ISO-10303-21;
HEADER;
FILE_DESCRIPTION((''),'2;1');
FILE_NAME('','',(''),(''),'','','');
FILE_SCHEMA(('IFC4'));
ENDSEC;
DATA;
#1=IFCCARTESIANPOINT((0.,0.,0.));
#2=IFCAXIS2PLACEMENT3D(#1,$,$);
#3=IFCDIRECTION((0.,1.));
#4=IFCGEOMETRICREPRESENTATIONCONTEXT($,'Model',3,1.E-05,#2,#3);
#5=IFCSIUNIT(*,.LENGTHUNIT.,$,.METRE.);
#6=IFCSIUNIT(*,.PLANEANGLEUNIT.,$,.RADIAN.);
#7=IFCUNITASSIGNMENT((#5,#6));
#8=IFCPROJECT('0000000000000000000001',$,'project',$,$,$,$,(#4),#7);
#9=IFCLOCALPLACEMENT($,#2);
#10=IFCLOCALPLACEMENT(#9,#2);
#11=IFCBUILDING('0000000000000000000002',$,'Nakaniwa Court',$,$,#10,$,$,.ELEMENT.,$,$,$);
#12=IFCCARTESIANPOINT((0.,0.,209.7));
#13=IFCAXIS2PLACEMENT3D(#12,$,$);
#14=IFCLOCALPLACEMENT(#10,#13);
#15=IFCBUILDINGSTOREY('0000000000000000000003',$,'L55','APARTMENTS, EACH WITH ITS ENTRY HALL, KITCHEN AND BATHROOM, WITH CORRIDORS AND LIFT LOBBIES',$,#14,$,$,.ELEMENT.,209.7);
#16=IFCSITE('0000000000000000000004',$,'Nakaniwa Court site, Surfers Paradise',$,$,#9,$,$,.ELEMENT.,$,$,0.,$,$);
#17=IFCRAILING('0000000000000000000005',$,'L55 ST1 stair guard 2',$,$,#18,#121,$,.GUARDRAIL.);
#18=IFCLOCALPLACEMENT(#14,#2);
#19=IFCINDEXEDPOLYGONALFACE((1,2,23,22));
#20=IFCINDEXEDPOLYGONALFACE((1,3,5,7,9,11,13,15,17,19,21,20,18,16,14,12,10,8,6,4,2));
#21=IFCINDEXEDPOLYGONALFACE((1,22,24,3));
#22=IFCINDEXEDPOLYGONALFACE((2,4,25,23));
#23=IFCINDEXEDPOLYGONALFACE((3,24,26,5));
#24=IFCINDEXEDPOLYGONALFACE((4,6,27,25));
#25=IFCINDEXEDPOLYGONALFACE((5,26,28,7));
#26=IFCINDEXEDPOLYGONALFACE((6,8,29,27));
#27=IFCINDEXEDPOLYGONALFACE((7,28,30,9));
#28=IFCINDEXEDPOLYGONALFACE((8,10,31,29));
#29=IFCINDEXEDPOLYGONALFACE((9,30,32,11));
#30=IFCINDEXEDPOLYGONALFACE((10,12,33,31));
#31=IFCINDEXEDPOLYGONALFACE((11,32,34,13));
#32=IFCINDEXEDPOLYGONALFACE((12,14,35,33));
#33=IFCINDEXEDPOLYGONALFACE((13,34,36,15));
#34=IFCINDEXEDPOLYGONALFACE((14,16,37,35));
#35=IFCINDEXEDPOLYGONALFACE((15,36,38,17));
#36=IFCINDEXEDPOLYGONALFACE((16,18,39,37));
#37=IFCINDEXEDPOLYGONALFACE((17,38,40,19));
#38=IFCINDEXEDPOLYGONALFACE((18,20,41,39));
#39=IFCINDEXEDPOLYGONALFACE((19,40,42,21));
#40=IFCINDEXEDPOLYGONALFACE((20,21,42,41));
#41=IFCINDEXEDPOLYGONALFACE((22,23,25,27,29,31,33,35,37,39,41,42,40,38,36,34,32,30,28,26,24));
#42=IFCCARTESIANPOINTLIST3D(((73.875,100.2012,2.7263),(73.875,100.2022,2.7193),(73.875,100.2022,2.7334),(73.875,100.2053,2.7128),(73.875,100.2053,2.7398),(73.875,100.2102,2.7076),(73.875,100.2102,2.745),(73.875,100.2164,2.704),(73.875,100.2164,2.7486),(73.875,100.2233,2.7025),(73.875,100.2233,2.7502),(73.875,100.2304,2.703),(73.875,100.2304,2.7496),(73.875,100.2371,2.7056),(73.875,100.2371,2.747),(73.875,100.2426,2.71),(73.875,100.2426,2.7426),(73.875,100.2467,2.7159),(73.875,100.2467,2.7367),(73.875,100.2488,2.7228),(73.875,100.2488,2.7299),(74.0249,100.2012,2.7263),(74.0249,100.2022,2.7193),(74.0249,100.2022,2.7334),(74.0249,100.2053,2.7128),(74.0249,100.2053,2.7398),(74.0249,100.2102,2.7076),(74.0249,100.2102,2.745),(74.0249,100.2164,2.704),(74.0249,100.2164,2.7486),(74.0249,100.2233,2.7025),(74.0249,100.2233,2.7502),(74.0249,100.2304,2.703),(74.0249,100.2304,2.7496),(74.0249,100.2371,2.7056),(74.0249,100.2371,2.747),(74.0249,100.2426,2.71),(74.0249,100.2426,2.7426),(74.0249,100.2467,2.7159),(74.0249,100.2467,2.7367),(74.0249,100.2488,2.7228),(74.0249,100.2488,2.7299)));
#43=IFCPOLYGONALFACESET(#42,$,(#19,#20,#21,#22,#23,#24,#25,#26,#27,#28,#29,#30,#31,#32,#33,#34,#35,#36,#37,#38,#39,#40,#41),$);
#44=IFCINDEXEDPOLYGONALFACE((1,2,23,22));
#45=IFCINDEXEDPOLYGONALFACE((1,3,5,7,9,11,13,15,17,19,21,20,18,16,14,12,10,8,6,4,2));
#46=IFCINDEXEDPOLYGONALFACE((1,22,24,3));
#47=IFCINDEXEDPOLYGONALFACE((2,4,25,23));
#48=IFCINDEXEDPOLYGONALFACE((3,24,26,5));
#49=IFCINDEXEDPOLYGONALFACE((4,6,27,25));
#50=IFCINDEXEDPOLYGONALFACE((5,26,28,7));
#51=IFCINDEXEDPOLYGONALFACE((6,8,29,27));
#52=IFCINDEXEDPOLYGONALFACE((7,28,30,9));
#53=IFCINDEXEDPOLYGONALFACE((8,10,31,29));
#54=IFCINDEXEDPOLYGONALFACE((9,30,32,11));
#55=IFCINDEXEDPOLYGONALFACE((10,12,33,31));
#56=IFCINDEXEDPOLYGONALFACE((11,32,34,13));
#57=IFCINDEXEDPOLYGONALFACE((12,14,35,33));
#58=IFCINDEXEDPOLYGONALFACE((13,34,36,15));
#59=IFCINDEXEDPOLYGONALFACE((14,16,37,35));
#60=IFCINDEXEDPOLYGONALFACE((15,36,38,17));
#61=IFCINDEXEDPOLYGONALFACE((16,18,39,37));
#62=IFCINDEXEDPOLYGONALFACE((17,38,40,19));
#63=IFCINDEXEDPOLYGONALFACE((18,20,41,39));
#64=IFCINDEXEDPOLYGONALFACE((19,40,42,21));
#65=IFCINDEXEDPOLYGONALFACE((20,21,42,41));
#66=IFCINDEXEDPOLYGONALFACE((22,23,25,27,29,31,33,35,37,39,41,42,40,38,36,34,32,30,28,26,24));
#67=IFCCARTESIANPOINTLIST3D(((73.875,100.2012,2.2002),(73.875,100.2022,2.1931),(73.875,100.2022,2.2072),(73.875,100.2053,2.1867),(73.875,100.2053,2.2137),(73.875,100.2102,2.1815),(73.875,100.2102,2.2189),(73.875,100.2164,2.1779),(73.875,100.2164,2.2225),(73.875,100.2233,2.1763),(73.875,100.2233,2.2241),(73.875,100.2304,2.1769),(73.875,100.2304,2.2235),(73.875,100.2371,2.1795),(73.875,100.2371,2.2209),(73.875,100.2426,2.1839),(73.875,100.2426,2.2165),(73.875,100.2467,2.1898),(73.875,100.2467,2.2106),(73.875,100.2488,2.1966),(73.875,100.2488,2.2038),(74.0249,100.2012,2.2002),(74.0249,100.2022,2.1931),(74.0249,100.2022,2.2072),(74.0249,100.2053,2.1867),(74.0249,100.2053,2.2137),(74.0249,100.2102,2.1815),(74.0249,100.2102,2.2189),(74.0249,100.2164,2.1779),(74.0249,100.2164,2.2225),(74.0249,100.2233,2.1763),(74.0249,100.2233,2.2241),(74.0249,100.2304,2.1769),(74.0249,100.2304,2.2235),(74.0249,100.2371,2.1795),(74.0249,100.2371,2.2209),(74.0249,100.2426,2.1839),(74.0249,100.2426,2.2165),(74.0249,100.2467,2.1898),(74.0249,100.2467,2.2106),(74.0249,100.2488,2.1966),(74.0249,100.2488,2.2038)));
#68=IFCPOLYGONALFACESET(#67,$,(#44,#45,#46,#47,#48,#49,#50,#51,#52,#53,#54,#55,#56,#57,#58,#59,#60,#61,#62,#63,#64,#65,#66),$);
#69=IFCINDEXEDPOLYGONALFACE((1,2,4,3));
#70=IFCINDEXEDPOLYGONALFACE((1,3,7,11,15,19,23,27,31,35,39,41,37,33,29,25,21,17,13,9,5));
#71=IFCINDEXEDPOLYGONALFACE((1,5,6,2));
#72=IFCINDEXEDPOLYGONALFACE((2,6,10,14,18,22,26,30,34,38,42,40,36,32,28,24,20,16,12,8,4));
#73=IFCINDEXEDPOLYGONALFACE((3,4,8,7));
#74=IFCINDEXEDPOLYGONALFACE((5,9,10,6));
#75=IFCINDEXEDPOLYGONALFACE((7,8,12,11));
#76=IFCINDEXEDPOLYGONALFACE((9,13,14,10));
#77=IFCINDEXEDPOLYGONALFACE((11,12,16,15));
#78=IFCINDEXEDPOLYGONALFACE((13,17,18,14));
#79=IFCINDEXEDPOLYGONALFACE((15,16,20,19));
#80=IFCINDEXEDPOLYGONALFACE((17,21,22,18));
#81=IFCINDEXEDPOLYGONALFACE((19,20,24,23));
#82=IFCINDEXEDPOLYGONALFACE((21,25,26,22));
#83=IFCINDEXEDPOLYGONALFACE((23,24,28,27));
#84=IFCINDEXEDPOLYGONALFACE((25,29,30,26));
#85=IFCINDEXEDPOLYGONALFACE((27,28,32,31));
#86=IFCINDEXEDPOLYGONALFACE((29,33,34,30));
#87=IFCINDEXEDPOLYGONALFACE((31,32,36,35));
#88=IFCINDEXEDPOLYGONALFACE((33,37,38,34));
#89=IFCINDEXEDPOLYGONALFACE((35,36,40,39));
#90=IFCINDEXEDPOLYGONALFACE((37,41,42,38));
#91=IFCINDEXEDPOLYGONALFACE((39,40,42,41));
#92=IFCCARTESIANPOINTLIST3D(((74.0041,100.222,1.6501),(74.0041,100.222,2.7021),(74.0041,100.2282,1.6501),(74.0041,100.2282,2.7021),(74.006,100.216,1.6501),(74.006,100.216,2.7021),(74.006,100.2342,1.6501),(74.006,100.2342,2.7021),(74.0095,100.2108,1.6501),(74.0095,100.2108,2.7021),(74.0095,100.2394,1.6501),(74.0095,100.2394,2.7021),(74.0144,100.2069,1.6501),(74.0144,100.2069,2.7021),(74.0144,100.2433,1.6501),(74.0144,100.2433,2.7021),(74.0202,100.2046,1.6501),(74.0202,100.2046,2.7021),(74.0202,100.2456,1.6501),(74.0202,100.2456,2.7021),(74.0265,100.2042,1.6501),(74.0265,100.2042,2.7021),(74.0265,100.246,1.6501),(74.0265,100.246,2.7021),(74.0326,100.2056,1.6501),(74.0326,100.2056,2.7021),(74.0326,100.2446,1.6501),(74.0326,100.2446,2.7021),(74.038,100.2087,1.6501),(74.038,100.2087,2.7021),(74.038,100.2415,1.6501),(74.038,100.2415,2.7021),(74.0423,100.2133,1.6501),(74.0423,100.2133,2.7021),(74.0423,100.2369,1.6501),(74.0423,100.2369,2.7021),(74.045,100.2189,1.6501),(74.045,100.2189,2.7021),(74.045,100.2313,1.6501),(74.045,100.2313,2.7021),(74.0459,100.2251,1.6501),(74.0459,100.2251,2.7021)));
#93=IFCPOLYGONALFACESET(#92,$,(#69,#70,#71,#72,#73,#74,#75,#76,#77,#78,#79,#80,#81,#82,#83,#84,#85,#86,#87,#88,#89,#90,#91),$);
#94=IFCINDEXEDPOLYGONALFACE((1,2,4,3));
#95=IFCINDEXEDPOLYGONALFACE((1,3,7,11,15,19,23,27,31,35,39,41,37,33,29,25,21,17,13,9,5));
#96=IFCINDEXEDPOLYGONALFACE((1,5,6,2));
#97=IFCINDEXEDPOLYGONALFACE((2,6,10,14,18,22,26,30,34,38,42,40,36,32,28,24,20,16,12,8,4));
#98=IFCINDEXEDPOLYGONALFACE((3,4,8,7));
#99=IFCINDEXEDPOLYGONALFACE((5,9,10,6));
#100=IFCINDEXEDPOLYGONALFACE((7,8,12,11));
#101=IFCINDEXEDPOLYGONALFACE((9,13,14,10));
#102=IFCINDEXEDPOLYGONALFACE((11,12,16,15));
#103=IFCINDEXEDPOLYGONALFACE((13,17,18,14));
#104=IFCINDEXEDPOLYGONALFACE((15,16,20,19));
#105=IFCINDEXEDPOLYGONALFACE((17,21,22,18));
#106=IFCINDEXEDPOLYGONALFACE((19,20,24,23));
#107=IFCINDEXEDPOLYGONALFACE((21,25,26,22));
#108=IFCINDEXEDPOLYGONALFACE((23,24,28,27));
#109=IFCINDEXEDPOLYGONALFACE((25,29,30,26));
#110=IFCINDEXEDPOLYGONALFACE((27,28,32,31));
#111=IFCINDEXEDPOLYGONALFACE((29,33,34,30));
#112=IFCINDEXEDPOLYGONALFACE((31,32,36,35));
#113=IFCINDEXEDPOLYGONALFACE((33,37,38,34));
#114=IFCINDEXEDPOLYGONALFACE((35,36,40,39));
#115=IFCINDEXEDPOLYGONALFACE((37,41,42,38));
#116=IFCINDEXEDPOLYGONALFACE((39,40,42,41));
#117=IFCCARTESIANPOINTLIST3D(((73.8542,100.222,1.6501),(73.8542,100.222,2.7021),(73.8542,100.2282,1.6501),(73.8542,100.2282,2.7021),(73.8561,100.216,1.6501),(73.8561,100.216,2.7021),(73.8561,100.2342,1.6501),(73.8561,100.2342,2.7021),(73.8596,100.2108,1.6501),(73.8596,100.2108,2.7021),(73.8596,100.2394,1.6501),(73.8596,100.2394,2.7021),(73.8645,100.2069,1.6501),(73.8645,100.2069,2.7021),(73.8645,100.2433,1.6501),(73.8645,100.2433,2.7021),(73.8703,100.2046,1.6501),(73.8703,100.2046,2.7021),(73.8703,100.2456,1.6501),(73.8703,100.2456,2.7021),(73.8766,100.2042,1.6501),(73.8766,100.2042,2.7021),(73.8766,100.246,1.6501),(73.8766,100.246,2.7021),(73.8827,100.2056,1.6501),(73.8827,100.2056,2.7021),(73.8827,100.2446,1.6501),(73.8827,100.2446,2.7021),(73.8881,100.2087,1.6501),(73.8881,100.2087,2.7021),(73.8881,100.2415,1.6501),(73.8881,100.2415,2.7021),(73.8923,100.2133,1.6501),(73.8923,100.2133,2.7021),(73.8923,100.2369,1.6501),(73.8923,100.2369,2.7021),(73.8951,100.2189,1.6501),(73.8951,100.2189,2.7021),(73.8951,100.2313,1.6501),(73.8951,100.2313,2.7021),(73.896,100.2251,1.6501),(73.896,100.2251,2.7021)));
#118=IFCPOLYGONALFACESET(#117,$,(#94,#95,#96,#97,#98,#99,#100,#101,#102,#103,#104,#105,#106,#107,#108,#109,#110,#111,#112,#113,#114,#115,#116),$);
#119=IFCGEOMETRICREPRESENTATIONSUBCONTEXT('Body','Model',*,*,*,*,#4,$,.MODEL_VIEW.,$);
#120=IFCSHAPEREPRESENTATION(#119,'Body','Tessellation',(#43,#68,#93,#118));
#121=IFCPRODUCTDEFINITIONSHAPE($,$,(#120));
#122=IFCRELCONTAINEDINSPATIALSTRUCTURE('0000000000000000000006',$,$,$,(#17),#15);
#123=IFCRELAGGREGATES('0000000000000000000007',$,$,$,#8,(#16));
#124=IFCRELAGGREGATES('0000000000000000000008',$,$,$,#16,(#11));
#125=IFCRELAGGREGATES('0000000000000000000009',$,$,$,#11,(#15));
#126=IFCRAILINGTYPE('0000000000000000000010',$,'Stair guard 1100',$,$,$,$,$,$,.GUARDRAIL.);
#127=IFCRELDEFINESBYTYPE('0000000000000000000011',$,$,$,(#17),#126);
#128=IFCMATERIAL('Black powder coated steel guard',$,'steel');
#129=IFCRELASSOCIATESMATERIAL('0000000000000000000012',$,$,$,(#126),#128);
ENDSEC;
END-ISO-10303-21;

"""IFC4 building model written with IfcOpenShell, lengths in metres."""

from ifc_helpers import new_model, si_unit, direction, frame, origin, origin_2d, place, context, subcontext, project, spatial, circle, extrude, material, type_object, element, save


model = new_model("IFC4")

# Units and contexts
model_context = context("Model", 3, precision=1e-05, world=origin(), true_north=direction((0.0, 1.0)))
body_context = subcontext(model_context, "Body", "Model", "MODEL_VIEW")
ifc_project = project(units=[si_unit("LENGTHUNIT", "METRE"), si_unit("PLANEANGLEUNIT", "RADIAN")], contexts=[model_context])

# Site, building, storey
site_placement = place(None, origin())
site = spatial("IfcSite", under=ifc_project, at=site_placement, Name="Nakaniwa Court site, Surfers Paradise", CompositionType="ELEMENT", RefElevation=0.0)
building_placement = place(site_placement, origin())
building = spatial("IfcBuilding", under=site, at=building_placement, Name="Nakaniwa Court", CompositionType="ELEMENT")
storey_placement = place(building_placement, frame((0.0, 0.0, 209.7)))
storey = spatial("IfcBuildingStorey", under=building, at=storey_placement, Name="L55", Description="APARTMENTS, EACH WITH ITS ENTRY HALL, KITCHEN AND BATHROOM, WITH CORRIDORS AND LIFT LOBBIES", CompositionType="ELEMENT", Elevation=209.7)

# Railing
ifc_material_1 = material(Name="Black powder coated steel guard", Category="steel")
railing_type_1 = type_object("IfcRailingType", Name="Stair guard 1100", PredefinedType="GUARDRAIL", material=ifc_material_1)
railing_1_placement = place(storey_placement, frame((74.0249, 100.2251, 1.6501)))
element("IfcRailing", 1, at=railing_1_placement, inside=storey, type_object=railing_type_1, Name="L55 ST1 stair guard 2", PredefinedType="GUARDRAIL", context=body_context, shape_type="SweptSolid", body=[
    extrude(circle(Radius=0.0239, at=origin_2d()), frame((0.0, 0.0, 1.0762), z_axis=(-1.0, 0.0, 0.0), x_axis=(0.0, -1.0, 0.0)), (0.0, 0.0, 1.0), 0.1499),
    extrude(circle(Radius=0.0239, at=origin_2d()), frame((0.0, 0.0, 0.55), z_axis=(-1.0, 0.0, 0.0), x_axis=(0.0, -1.0, 0.0)), (0.0, 0.0, 1.0), 0.1499),
    extrude(circle(Radius=0.021, at=origin_2d()), origin(), (0.0, 0.0, 1.0), 1.052),
    extrude(circle(Radius=0.021, at=origin_2d()), frame((-0.1499, 0.0, 0.0)), (0.0, 0.0, 1.0), 1.052),
])

save(model, "model.ifc")
